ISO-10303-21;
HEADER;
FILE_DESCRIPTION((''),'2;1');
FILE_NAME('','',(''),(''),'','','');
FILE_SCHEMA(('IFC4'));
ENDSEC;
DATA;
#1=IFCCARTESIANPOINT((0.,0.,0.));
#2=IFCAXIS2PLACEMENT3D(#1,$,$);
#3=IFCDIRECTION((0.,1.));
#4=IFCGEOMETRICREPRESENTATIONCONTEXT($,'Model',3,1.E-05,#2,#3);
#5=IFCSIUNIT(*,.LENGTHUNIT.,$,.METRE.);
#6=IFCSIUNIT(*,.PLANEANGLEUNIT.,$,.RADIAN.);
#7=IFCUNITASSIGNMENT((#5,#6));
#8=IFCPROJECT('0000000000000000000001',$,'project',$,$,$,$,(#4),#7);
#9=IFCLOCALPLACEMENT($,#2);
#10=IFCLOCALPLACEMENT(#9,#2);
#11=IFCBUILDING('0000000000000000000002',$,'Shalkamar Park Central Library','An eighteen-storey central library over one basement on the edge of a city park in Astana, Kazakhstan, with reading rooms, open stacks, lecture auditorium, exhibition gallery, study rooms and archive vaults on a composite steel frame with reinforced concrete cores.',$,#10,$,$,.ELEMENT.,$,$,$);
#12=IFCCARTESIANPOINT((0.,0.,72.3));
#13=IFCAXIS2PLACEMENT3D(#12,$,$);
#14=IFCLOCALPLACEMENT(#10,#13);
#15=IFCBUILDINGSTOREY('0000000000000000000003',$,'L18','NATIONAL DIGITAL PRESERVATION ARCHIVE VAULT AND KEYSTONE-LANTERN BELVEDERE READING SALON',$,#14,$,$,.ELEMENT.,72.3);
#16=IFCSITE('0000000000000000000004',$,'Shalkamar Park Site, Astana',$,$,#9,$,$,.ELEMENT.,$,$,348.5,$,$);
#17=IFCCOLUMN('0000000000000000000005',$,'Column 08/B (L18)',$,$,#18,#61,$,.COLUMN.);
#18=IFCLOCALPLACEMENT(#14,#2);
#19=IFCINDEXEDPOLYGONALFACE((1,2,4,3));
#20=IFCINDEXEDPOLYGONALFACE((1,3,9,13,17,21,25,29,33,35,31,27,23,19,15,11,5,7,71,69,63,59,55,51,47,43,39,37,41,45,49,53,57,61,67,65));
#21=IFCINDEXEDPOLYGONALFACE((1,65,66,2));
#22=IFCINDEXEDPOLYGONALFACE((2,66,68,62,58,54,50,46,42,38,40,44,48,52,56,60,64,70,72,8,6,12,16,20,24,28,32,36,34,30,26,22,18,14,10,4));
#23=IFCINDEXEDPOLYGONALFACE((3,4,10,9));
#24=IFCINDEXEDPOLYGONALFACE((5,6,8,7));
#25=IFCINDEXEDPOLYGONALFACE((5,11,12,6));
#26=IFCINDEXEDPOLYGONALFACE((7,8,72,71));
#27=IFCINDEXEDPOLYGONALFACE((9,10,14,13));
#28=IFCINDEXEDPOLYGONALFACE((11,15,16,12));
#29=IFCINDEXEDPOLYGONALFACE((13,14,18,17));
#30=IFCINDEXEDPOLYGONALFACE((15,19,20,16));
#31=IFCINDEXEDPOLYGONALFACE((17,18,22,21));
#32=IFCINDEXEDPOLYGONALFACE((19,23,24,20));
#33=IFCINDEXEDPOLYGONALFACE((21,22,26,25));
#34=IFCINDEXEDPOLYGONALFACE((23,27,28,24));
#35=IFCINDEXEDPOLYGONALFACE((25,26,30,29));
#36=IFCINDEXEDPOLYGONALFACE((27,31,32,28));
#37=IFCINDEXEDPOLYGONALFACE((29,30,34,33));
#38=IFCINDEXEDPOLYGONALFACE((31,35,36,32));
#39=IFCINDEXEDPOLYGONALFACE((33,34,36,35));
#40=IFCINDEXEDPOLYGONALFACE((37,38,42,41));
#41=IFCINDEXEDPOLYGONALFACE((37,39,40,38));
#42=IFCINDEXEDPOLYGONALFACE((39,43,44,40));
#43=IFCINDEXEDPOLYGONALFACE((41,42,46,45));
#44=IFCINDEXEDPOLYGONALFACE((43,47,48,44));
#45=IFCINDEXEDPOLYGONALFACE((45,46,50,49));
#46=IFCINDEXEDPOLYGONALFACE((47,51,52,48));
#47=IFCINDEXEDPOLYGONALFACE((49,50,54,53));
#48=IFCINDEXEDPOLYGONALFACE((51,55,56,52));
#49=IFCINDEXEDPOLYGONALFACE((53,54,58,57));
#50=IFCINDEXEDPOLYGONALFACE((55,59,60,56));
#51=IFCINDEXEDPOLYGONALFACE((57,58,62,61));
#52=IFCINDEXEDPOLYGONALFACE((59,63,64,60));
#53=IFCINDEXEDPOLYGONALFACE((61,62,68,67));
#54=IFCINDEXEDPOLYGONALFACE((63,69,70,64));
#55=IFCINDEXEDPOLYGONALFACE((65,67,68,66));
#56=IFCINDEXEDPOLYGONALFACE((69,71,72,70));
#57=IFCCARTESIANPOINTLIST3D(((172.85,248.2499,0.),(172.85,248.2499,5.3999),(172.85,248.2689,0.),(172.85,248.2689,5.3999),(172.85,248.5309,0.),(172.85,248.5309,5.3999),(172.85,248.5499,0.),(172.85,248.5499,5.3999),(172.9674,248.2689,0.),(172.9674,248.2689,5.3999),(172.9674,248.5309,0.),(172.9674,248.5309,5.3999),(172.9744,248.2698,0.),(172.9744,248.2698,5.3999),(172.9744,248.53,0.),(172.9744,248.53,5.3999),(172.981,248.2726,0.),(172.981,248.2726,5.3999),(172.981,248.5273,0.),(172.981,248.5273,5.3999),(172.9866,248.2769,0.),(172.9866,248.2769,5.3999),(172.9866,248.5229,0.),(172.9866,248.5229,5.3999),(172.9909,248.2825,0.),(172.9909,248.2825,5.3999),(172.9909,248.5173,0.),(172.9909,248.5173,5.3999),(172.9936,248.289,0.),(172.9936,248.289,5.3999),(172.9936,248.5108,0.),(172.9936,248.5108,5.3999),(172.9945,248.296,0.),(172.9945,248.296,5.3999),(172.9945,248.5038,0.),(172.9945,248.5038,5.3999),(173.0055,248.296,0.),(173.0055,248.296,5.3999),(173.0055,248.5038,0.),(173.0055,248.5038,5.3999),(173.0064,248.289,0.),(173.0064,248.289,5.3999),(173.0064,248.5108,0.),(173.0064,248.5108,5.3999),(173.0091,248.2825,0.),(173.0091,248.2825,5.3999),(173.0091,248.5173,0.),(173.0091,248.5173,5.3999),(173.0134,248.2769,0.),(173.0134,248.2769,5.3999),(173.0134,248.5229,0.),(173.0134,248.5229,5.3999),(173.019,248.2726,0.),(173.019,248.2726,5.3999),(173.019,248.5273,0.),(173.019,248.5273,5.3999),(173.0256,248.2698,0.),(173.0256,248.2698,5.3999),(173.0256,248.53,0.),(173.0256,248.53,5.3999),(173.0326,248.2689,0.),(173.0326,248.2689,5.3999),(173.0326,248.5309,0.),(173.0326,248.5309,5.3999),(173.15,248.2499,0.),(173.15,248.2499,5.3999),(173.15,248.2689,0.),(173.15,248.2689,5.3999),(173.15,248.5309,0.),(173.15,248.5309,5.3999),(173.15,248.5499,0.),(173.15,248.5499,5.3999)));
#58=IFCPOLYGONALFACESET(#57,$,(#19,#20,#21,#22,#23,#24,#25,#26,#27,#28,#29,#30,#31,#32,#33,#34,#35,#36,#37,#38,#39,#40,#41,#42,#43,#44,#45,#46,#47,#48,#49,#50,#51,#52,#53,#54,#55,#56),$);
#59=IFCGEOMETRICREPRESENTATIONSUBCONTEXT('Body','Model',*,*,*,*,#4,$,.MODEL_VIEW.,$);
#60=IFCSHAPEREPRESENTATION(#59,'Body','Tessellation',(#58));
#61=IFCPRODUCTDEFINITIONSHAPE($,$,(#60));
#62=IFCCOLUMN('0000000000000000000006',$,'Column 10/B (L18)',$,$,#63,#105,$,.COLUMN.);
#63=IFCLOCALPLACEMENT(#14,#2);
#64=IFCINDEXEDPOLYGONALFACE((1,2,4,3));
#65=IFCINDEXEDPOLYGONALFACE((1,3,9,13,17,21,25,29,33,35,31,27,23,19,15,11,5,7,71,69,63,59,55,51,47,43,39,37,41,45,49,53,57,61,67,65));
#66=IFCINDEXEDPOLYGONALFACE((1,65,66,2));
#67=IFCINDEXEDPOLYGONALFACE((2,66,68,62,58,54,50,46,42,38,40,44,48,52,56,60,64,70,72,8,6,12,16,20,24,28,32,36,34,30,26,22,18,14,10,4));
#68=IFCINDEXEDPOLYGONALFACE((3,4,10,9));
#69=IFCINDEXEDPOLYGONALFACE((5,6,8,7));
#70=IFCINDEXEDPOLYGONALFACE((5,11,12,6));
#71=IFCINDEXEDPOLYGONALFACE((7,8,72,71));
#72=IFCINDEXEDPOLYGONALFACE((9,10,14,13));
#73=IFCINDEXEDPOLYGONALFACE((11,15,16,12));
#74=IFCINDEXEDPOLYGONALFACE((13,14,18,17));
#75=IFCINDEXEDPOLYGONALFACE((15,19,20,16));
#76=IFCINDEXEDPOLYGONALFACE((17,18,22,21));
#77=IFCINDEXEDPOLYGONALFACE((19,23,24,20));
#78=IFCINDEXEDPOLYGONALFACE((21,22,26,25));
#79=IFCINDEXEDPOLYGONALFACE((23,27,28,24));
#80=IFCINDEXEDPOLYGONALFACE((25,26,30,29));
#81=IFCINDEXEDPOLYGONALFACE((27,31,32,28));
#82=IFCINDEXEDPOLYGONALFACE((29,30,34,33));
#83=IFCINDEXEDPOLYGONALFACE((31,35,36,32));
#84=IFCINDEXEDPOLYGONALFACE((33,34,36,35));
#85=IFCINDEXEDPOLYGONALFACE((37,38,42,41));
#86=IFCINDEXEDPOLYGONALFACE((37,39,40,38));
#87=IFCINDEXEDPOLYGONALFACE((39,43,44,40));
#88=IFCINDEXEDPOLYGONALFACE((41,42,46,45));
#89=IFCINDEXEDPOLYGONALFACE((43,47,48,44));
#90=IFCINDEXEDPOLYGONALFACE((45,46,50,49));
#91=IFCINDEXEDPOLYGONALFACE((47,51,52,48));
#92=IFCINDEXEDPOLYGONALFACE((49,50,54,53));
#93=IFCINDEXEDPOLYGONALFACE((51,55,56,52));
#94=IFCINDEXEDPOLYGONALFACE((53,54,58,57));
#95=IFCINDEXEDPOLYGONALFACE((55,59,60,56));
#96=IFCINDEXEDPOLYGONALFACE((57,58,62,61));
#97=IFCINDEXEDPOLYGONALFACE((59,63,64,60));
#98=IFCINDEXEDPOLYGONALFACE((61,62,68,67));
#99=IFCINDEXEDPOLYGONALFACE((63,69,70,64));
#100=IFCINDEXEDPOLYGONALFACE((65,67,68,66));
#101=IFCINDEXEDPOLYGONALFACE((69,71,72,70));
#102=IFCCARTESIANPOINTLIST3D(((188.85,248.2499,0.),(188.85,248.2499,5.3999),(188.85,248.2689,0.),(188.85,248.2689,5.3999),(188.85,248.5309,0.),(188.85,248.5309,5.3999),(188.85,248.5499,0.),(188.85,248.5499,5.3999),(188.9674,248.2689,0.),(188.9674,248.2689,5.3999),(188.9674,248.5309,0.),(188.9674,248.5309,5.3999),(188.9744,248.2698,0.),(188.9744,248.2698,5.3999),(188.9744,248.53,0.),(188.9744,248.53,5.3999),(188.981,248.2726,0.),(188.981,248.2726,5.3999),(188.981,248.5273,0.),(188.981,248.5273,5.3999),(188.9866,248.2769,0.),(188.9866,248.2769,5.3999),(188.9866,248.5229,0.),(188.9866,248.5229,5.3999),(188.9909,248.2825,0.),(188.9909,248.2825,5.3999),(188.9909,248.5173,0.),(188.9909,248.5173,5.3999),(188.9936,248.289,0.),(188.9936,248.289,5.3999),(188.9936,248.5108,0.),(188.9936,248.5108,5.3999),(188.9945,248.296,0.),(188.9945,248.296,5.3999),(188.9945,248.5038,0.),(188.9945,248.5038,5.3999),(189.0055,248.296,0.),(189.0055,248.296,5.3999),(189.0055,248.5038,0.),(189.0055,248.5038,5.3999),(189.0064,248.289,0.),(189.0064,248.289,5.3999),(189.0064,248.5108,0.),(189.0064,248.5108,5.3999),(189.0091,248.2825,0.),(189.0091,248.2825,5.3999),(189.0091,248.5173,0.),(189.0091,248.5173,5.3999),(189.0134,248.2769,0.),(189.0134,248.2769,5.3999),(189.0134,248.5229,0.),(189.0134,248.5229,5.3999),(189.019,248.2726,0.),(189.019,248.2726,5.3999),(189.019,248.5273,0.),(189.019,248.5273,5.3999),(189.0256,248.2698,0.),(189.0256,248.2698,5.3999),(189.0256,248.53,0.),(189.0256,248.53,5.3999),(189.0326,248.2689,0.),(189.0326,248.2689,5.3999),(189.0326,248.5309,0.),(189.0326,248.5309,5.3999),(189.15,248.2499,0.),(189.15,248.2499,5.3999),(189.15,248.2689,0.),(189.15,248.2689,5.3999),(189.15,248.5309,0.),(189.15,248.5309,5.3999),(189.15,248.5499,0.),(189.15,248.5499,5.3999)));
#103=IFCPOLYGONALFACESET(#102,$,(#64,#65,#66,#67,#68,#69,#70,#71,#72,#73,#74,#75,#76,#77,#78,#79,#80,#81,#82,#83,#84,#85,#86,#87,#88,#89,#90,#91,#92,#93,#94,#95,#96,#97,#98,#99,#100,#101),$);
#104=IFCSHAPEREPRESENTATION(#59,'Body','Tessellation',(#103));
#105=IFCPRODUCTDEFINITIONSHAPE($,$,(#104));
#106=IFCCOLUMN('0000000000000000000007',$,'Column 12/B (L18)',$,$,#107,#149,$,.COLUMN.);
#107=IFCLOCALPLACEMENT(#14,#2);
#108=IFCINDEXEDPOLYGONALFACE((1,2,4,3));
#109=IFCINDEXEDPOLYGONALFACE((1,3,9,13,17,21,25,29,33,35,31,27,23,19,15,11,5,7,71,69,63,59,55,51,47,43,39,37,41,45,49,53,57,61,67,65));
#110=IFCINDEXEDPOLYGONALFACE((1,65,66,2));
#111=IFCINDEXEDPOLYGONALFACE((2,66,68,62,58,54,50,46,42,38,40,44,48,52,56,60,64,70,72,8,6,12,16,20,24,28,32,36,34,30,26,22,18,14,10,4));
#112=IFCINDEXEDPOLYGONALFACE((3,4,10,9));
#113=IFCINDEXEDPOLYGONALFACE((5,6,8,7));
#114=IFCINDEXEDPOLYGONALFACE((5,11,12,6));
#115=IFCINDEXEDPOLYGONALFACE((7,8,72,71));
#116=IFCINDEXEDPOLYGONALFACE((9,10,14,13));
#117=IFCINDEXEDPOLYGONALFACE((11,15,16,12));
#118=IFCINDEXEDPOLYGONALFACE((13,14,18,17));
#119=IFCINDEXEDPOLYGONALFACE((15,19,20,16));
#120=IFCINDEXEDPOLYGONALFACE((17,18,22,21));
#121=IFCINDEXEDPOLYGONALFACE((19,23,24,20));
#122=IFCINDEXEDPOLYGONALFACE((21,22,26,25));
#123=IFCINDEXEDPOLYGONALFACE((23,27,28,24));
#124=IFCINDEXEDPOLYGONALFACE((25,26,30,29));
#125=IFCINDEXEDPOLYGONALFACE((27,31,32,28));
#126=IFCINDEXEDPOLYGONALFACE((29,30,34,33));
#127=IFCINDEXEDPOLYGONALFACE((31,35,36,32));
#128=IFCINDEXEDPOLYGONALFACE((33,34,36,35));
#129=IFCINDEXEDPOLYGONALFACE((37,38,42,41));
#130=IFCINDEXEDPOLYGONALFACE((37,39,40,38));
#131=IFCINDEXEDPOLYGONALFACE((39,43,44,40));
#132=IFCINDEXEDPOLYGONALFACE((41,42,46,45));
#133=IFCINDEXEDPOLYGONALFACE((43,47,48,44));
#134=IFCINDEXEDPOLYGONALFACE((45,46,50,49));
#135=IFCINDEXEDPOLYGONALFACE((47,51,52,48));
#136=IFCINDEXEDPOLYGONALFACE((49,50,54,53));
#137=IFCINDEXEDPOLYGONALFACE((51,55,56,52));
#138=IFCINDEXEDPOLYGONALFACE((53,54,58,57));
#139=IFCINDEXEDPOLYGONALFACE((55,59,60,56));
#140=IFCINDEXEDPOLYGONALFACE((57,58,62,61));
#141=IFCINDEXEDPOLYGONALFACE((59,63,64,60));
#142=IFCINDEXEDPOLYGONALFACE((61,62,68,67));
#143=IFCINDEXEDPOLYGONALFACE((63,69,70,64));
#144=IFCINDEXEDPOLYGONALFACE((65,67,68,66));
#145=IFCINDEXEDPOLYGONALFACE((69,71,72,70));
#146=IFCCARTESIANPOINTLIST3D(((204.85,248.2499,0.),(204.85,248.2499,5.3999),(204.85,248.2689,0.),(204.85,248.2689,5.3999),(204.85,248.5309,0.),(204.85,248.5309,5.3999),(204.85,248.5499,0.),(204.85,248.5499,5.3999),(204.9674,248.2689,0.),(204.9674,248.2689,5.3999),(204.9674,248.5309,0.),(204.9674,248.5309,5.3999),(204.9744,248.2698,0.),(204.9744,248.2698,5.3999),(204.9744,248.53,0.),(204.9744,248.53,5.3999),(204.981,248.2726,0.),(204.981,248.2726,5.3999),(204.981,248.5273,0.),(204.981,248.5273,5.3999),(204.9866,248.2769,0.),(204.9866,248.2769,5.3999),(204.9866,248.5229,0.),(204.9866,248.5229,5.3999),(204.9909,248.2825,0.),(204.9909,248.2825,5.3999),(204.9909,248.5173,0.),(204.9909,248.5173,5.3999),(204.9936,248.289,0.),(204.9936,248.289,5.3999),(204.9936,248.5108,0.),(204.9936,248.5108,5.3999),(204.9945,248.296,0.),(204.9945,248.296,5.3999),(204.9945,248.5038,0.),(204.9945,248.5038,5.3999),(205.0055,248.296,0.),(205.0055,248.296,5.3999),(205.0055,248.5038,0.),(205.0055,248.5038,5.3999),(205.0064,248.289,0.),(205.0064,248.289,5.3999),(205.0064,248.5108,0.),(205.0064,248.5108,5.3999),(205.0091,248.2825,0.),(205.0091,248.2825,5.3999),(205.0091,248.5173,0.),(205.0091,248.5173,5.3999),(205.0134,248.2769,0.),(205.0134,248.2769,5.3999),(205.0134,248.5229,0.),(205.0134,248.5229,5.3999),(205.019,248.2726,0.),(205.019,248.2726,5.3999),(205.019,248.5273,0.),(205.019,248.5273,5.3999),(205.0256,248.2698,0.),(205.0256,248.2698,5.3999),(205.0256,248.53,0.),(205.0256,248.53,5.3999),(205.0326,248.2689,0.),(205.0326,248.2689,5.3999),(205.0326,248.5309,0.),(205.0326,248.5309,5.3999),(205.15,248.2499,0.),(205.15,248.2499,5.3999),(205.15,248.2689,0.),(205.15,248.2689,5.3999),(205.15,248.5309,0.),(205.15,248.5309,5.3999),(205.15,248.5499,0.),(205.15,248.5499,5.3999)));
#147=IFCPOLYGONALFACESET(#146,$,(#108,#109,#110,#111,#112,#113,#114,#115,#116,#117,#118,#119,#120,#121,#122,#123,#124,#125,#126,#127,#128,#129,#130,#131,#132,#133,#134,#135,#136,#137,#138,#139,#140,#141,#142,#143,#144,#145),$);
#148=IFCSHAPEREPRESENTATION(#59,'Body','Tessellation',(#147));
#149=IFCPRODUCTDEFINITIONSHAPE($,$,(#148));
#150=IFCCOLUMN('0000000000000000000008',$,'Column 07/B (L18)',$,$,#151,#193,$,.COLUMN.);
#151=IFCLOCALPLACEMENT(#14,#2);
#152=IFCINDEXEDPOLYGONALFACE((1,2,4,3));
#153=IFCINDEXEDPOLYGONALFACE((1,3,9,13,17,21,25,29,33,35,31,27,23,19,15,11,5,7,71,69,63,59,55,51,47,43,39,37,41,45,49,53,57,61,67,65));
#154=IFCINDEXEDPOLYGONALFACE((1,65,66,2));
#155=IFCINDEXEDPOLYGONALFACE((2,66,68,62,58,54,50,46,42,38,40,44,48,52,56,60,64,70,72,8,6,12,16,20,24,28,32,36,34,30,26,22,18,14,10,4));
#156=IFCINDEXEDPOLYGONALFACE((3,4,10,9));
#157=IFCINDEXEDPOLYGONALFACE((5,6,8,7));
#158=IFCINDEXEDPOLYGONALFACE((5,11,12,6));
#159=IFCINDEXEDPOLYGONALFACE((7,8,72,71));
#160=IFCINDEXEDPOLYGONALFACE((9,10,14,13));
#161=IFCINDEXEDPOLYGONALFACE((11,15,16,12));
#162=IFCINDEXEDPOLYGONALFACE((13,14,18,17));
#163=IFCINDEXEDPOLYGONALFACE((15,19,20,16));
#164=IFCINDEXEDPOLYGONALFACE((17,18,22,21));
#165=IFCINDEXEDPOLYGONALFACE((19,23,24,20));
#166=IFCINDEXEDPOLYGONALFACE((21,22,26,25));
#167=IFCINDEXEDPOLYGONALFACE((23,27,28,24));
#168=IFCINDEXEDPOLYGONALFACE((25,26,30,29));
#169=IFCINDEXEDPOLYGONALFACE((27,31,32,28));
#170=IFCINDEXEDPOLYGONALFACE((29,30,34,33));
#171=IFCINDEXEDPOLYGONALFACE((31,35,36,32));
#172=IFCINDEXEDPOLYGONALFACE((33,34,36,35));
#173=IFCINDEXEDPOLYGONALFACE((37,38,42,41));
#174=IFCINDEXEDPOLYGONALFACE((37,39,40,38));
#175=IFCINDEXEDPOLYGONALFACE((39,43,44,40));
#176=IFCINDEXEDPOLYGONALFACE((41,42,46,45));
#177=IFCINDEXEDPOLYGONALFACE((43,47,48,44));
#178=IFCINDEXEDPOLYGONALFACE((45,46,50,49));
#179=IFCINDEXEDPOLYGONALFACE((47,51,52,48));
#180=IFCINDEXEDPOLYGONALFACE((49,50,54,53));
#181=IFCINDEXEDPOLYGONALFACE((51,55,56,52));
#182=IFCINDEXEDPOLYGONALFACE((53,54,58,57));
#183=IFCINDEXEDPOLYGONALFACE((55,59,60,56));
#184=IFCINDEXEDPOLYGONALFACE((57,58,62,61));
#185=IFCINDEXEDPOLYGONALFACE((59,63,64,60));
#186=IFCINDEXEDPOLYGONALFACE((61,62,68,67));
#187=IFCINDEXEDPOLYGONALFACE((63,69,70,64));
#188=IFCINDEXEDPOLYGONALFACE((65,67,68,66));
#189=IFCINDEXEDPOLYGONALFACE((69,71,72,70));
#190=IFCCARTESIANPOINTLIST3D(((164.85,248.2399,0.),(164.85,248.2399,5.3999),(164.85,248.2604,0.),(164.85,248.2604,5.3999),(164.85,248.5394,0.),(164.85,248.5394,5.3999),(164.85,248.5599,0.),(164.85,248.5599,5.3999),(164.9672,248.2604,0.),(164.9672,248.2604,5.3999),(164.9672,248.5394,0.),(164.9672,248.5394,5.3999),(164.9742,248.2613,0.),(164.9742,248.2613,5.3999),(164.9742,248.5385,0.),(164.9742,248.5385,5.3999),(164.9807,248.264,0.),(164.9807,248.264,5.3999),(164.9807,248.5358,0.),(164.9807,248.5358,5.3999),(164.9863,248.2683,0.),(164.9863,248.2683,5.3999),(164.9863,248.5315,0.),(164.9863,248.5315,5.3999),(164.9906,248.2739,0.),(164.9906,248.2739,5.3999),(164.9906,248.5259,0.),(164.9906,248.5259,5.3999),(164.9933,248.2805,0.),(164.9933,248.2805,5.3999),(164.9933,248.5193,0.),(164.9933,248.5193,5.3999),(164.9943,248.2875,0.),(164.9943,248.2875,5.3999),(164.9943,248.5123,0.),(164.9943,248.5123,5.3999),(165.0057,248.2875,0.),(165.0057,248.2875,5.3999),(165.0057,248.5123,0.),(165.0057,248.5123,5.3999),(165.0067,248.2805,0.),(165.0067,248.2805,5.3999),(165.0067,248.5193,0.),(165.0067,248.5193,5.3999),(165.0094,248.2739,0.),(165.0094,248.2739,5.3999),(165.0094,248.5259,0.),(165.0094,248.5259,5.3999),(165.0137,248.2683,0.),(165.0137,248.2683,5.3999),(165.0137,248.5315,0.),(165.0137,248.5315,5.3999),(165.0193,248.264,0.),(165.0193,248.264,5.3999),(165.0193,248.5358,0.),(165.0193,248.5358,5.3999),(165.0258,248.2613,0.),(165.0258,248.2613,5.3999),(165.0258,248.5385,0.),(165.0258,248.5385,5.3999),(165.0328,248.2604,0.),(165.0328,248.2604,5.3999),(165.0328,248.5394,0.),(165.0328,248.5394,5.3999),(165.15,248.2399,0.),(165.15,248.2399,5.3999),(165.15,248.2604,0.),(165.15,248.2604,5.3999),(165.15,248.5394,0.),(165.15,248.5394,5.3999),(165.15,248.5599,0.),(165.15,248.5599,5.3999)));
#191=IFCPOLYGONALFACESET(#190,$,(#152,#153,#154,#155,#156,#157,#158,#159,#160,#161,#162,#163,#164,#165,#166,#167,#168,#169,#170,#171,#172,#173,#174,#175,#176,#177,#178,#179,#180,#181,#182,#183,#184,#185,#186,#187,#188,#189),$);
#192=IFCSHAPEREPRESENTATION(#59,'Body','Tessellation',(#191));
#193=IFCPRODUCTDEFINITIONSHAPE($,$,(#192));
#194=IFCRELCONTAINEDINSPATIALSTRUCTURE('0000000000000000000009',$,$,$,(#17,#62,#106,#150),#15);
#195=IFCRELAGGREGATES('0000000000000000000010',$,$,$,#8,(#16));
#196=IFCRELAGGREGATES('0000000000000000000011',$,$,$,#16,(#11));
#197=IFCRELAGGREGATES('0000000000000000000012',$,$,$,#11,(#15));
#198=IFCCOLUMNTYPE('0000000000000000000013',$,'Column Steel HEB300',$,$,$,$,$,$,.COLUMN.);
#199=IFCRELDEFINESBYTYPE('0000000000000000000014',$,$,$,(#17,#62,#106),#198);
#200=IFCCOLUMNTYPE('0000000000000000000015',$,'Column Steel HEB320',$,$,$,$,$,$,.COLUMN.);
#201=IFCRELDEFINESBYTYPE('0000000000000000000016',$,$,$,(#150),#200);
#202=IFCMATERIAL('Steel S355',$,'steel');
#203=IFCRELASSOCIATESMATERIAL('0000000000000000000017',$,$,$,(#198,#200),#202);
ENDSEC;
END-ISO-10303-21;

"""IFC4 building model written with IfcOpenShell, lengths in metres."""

from ifc_helpers import new_model, si_unit, direction, frame, origin, origin_2d, place, context, subcontext, project, spatial, i_section, extrude, material, material_profile, profile_set, type_object, element, save


model = new_model("IFC4")

# Units and contexts
model_context = context("Model", 3, precision=1e-05, world=origin(), true_north=direction((0.0, 1.0)))
body_context = subcontext(model_context, "Body", "Model", "MODEL_VIEW")
ifc_project = project(units=[si_unit("LENGTHUNIT", "METRE"), si_unit("PLANEANGLEUNIT", "RADIAN")], contexts=[model_context])

# Site, building, storey
site_placement = place(None, origin())
site = spatial("IfcSite", under=ifc_project, at=site_placement, Name="Shalkamar Park Site, Astana", CompositionType="ELEMENT", RefElevation=348.5)
building_placement = place(site_placement, origin())
building = spatial("IfcBuilding", under=site, at=building_placement, Name="Shalkamar Park Central Library", Description="An eighteen-storey central library over one basement on the edge of a city park in Astana, Kazakhstan, with reading rooms, open stacks, lecture auditorium, exhibition gallery, study rooms and archive vaults on a composite steel frame with reinforced concrete cores.", CompositionType="ELEMENT")
storey_placement = place(building_placement, frame((0.0, 0.0, 72.3)))
storey = spatial("IfcBuildingStorey", under=building, at=storey_placement, Name="L18", Description="NATIONAL DIGITAL PRESERVATION ARCHIVE VAULT AND KEYSTONE-LANTERN BELVEDERE READING SALON", CompositionType="ELEMENT", Elevation=72.3)

# Columns
ifc_material_1 = material(Name="Steel S355", Category="steel")
ifc_material_profile_1 = material_profile(ifc_material_1, i_section(OverallWidth=0.3, OverallDepth=0.3, WebThickness=0.011, FlangeThickness=0.019, FilletRadius=0.0271, at=origin_2d()), Name="HEB 300")
ifc_profile_set_1 = profile_set([ifc_material_profile_1], Name="Steel S355")
column_type_1 = type_object("IfcColumnType", Name="Column Steel HEB300", PredefinedType="COLUMN", material=ifc_profile_set_1)
for number, where, z_axis, x_axis, name in (
    (1, (173.0, 248.3999, 0.0), (0.0, 0.0, 1.0), (1.0, 0.0, 0.0), "Column 08/B (L18)"),
    (2, (189.0, 248.3999, 0.0), (0.0, 0.0, 1.0), (1.0, 0.0, 0.0), "Column 10/B (L18)"),
    (3, (205.0, 248.3999, 0.0), (0.0, 0.0, 1.0), (1.0, 0.0, 0.0), "Column 12/B (L18)"),
):
    element("IfcColumn", number, at=place(storey_placement, frame(where, z_axis=z_axis, x_axis=x_axis)), inside=storey, type_object=column_type_1, Name=name, PredefinedType="COLUMN", context=body_context, shape_type="SweptSolid", body=[
        extrude(i_section(OverallWidth=0.3, OverallDepth=0.3, WebThickness=0.011, FlangeThickness=0.019, FilletRadius=0.0271, at=origin_2d()), origin(), (0.0, 0.0, 1.0), 5.3999),
    ])
ifc_material_profile_2 = material_profile(ifc_material_1, i_section(OverallWidth=0.3, OverallDepth=0.3201, WebThickness=0.0115, FlangeThickness=0.0205, FilletRadius=0.0271, at=origin_2d()), Name="HEB 320")
ifc_profile_set_2 = profile_set([ifc_material_profile_2], Name="Steel S355")
column_type_2 = type_object("IfcColumnType", Name="Column Steel HEB320", PredefinedType="COLUMN", material=ifc_profile_set_2)
for number, where, z_axis, x_axis, name in (
    (4, (165.0, 248.3999, 0.0), (0.0, 0.0, 1.0), (1.0, 0.0, 0.0), "Column 07/B (L18)"),
):
    element("IfcColumn", number, at=place(storey_placement, frame(where, z_axis=z_axis, x_axis=x_axis)), inside=storey, type_object=column_type_2, Name=name, PredefinedType="COLUMN", context=body_context, shape_type="SweptSolid", body=[
        extrude(i_section(OverallWidth=0.3, OverallDepth=0.3201, WebThickness=0.0115, FlangeThickness=0.0205, FilletRadius=0.0271, at=origin_2d()), origin(), (0.0, 0.0, 1.0), 5.3999),
    ])

save(model, "model.ifc")
